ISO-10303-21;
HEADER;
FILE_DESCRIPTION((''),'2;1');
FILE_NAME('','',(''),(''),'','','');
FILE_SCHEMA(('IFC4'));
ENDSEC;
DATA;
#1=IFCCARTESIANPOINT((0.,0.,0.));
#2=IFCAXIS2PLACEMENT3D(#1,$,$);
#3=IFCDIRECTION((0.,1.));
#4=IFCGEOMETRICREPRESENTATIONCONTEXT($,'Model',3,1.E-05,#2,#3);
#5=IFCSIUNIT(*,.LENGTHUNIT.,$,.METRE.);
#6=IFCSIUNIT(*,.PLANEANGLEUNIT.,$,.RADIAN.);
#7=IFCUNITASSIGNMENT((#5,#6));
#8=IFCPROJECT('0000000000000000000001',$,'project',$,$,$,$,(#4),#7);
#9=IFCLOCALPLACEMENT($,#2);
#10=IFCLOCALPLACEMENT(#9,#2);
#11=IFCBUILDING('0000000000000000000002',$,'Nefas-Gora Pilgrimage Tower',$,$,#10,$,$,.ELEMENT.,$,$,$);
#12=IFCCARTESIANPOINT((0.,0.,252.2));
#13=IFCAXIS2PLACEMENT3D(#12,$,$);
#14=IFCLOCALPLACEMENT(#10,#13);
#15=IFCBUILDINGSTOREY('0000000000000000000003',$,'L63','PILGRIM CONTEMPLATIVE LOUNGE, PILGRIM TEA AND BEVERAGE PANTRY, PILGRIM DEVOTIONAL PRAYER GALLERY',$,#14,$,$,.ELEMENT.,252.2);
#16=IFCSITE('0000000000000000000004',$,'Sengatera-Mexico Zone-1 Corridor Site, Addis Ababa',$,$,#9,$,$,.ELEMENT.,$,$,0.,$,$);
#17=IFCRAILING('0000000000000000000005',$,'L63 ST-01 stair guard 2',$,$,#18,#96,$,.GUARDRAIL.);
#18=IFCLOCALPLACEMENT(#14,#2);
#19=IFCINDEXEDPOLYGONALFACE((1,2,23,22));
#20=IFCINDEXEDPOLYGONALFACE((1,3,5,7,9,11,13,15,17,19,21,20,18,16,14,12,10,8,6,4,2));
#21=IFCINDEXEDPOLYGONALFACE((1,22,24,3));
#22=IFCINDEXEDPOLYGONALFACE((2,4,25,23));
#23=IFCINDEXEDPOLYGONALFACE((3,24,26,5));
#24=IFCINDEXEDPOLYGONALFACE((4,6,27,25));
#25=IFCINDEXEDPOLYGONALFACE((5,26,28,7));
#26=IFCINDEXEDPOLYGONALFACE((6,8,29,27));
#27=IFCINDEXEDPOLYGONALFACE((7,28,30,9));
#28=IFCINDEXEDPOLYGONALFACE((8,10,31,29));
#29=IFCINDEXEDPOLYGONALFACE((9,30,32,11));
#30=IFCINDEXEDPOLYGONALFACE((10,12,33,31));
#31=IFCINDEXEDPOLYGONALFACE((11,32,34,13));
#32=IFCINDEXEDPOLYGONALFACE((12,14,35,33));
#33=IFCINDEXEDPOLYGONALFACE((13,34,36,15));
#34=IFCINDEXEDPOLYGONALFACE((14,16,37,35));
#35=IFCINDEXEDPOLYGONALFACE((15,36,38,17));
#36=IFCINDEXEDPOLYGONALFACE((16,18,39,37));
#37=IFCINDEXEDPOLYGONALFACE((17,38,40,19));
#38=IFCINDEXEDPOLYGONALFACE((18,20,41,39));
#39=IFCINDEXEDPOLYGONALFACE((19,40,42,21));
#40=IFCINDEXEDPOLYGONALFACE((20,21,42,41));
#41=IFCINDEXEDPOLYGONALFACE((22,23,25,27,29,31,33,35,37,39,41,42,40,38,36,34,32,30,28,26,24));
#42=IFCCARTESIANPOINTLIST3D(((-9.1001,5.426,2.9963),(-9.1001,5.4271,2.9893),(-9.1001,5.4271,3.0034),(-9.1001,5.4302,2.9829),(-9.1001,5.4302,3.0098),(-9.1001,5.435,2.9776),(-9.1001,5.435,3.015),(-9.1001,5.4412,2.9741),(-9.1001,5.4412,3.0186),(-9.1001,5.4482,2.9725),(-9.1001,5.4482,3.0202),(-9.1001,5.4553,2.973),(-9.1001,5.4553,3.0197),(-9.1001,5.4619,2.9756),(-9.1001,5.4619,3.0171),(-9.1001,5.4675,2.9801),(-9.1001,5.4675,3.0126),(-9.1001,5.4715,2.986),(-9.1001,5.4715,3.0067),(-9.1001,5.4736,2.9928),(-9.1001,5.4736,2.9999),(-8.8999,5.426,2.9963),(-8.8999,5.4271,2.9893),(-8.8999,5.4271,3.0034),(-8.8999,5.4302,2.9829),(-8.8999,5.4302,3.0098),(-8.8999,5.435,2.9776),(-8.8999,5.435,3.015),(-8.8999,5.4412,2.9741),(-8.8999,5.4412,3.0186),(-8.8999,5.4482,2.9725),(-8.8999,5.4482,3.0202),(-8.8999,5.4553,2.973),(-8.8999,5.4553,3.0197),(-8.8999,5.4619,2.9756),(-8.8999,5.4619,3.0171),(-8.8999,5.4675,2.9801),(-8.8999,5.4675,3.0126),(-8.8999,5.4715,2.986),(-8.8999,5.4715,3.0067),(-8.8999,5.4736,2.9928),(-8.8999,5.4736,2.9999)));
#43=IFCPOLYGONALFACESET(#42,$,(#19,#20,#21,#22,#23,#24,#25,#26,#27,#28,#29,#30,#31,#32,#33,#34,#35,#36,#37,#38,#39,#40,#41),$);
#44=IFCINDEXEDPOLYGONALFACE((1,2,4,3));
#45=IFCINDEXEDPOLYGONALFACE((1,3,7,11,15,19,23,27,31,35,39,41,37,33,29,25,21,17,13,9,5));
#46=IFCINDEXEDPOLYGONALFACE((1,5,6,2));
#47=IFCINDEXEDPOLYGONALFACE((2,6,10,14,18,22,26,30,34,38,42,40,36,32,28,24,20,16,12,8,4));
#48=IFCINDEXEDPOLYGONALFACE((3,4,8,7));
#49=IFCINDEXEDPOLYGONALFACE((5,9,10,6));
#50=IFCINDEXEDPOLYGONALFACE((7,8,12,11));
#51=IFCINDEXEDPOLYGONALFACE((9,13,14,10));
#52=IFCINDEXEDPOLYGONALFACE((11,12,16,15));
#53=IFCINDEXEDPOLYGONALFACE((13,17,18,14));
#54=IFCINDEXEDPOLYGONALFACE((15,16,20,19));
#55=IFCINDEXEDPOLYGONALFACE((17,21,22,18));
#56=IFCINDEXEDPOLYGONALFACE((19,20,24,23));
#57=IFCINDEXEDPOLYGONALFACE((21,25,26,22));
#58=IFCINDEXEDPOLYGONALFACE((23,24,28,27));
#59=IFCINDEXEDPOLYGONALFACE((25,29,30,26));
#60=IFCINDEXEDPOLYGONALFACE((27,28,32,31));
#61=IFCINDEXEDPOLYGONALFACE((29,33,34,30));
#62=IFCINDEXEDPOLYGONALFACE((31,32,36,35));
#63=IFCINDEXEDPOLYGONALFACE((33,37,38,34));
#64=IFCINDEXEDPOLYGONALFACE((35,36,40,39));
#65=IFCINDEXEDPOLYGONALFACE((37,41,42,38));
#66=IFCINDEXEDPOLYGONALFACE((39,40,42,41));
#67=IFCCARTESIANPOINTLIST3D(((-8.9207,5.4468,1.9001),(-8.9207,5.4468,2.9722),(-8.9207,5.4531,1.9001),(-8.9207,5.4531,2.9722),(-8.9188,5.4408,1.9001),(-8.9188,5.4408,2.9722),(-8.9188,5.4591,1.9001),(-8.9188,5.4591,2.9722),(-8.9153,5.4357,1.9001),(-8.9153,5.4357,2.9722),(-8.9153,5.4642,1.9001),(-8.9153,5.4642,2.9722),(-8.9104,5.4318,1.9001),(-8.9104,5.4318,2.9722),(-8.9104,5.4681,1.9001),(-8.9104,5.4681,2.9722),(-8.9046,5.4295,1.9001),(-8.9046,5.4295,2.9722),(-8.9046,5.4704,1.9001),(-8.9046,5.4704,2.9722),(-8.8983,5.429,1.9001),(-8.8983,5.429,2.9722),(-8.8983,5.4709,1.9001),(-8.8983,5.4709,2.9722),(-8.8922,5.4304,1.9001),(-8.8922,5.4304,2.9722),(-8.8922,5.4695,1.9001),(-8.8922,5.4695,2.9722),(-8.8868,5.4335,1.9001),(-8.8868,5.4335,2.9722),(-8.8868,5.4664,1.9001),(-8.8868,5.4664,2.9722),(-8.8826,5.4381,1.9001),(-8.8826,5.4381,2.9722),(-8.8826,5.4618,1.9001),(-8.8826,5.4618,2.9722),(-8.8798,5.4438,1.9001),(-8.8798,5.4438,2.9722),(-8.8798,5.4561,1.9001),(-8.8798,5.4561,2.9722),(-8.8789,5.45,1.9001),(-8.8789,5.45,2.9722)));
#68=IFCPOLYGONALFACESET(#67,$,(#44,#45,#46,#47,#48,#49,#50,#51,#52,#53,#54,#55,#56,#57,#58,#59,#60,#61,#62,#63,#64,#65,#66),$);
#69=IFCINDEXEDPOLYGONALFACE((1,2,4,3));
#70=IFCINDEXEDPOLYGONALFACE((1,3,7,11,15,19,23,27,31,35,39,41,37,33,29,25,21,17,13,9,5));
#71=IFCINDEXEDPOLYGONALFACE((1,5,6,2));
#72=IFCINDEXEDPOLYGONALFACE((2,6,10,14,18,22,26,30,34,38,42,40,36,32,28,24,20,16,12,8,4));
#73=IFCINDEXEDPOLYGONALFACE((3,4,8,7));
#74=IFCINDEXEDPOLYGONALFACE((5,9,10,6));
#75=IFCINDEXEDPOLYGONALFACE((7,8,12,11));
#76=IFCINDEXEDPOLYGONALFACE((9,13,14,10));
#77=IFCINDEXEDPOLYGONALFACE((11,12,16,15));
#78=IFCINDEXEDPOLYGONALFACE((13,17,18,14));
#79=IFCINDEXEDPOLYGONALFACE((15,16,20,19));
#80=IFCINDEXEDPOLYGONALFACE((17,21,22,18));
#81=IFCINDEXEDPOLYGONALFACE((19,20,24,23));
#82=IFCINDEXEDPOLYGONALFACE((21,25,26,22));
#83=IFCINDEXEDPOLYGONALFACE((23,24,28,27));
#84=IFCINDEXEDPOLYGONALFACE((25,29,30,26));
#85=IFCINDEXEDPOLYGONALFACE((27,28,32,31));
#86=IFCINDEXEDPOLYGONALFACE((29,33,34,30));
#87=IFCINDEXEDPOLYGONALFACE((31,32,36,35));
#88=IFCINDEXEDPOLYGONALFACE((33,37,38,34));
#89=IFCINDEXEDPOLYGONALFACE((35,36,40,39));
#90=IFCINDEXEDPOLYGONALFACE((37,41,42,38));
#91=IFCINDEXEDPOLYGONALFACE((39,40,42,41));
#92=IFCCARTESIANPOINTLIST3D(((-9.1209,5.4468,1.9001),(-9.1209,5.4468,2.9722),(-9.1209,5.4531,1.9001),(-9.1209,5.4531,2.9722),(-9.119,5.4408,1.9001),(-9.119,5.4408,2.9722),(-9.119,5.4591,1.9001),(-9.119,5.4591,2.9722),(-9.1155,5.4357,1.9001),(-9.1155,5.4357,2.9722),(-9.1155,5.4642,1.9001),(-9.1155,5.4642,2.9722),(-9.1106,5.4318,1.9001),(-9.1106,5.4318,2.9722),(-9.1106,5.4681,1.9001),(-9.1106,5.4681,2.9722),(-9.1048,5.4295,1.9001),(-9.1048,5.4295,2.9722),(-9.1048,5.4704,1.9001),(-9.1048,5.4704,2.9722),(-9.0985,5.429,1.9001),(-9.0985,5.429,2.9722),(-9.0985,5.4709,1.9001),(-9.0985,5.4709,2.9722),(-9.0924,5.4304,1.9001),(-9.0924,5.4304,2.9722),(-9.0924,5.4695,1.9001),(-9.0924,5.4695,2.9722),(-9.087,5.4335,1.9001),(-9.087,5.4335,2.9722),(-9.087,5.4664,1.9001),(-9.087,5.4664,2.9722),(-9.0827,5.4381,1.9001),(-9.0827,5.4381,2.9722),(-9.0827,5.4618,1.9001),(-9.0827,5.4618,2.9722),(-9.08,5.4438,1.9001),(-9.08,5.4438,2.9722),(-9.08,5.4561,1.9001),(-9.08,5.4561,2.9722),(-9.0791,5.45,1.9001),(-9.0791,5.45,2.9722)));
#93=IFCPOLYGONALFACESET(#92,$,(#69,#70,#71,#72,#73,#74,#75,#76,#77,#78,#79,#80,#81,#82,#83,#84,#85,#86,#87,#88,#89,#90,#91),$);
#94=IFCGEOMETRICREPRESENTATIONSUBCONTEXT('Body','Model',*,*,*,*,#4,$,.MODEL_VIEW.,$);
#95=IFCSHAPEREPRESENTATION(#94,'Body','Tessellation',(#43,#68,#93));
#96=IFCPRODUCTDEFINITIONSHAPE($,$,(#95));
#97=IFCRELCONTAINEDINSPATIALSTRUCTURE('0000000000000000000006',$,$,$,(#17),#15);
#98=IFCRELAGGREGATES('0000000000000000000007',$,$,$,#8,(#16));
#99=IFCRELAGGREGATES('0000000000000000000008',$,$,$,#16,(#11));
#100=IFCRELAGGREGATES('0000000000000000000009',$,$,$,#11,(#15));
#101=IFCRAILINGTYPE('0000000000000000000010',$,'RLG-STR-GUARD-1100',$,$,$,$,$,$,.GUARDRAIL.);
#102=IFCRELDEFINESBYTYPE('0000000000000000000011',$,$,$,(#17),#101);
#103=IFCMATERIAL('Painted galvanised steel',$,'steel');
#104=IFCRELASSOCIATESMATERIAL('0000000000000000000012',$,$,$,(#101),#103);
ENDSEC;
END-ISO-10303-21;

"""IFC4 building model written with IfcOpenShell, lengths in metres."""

from ifc_helpers import new_model, si_unit, direction, frame, origin, origin_2d, place, context, subcontext, project, spatial, circle, extrude, material, type_object, element, save


model = new_model("IFC4")

# Units and contexts
model_context = context("Model", 3, precision=1e-05, world=origin(), true_north=direction((0.0, 1.0)))
body_context = subcontext(model_context, "Body", "Model", "MODEL_VIEW")
ifc_project = project(units=[si_unit("LENGTHUNIT", "METRE"), si_unit("PLANEANGLEUNIT", "RADIAN")], contexts=[model_context])

# Site, building, storey
site_placement = place(None, origin())
site = spatial("IfcSite", under=ifc_project, at=site_placement, Name="Sengatera-Mexico Zone-1 Corridor Site, Addis Ababa", CompositionType="ELEMENT", RefElevation=0.0)
building_placement = place(site_placement, origin())
building = spatial("IfcBuilding", under=site, at=building_placement, Name="Nefas-Gora Pilgrimage Tower", CompositionType="ELEMENT")
storey_placement = place(building_placement, frame((0.0, 0.0, 252.2)))
storey = spatial("IfcBuildingStorey", under=building, at=storey_placement, Name="L63", Description="PILGRIM CONTEMPLATIVE LOUNGE, PILGRIM TEA AND BEVERAGE PANTRY, PILGRIM DEVOTIONAL PRAYER GALLERY", CompositionType="ELEMENT", Elevation=252.2)

# Railing
ifc_material_1 = material(Name="Painted galvanised steel", Category="steel")
railing_type_1 = type_object("IfcRailingType", Name="RLG-STR-GUARD-1100", PredefinedType="GUARDRAIL", material=ifc_material_1)
railing_1_placement = place(storey_placement, frame((-8.8999, 5.45, 1.9001)))
element("IfcRailing", 1, at=railing_1_placement, inside=storey, type_object=railing_type_1, Name="L63 ST-01 stair guard 2", PredefinedType="GUARDRAIL", context=body_context, shape_type="SweptSolid", body=[
    extrude(circle(Radius=0.0239, at=origin_2d()), frame((0.0, 0.0, 1.0962), z_axis=(-1.0, 0.0, 0.0), x_axis=(0.0, -1.0, 0.0)), (0.0, 0.0, 1.0), 0.2002),
    extrude(circle(Radius=0.021, at=origin_2d()), origin(), (0.0, 0.0, 1.0), 1.072),
    extrude(circle(Radius=0.021, at=origin_2d()), frame((-0.2002, 0.0, 0.0)), (0.0, 0.0, 1.0), 1.072),
])

save(model, "model.ifc")
